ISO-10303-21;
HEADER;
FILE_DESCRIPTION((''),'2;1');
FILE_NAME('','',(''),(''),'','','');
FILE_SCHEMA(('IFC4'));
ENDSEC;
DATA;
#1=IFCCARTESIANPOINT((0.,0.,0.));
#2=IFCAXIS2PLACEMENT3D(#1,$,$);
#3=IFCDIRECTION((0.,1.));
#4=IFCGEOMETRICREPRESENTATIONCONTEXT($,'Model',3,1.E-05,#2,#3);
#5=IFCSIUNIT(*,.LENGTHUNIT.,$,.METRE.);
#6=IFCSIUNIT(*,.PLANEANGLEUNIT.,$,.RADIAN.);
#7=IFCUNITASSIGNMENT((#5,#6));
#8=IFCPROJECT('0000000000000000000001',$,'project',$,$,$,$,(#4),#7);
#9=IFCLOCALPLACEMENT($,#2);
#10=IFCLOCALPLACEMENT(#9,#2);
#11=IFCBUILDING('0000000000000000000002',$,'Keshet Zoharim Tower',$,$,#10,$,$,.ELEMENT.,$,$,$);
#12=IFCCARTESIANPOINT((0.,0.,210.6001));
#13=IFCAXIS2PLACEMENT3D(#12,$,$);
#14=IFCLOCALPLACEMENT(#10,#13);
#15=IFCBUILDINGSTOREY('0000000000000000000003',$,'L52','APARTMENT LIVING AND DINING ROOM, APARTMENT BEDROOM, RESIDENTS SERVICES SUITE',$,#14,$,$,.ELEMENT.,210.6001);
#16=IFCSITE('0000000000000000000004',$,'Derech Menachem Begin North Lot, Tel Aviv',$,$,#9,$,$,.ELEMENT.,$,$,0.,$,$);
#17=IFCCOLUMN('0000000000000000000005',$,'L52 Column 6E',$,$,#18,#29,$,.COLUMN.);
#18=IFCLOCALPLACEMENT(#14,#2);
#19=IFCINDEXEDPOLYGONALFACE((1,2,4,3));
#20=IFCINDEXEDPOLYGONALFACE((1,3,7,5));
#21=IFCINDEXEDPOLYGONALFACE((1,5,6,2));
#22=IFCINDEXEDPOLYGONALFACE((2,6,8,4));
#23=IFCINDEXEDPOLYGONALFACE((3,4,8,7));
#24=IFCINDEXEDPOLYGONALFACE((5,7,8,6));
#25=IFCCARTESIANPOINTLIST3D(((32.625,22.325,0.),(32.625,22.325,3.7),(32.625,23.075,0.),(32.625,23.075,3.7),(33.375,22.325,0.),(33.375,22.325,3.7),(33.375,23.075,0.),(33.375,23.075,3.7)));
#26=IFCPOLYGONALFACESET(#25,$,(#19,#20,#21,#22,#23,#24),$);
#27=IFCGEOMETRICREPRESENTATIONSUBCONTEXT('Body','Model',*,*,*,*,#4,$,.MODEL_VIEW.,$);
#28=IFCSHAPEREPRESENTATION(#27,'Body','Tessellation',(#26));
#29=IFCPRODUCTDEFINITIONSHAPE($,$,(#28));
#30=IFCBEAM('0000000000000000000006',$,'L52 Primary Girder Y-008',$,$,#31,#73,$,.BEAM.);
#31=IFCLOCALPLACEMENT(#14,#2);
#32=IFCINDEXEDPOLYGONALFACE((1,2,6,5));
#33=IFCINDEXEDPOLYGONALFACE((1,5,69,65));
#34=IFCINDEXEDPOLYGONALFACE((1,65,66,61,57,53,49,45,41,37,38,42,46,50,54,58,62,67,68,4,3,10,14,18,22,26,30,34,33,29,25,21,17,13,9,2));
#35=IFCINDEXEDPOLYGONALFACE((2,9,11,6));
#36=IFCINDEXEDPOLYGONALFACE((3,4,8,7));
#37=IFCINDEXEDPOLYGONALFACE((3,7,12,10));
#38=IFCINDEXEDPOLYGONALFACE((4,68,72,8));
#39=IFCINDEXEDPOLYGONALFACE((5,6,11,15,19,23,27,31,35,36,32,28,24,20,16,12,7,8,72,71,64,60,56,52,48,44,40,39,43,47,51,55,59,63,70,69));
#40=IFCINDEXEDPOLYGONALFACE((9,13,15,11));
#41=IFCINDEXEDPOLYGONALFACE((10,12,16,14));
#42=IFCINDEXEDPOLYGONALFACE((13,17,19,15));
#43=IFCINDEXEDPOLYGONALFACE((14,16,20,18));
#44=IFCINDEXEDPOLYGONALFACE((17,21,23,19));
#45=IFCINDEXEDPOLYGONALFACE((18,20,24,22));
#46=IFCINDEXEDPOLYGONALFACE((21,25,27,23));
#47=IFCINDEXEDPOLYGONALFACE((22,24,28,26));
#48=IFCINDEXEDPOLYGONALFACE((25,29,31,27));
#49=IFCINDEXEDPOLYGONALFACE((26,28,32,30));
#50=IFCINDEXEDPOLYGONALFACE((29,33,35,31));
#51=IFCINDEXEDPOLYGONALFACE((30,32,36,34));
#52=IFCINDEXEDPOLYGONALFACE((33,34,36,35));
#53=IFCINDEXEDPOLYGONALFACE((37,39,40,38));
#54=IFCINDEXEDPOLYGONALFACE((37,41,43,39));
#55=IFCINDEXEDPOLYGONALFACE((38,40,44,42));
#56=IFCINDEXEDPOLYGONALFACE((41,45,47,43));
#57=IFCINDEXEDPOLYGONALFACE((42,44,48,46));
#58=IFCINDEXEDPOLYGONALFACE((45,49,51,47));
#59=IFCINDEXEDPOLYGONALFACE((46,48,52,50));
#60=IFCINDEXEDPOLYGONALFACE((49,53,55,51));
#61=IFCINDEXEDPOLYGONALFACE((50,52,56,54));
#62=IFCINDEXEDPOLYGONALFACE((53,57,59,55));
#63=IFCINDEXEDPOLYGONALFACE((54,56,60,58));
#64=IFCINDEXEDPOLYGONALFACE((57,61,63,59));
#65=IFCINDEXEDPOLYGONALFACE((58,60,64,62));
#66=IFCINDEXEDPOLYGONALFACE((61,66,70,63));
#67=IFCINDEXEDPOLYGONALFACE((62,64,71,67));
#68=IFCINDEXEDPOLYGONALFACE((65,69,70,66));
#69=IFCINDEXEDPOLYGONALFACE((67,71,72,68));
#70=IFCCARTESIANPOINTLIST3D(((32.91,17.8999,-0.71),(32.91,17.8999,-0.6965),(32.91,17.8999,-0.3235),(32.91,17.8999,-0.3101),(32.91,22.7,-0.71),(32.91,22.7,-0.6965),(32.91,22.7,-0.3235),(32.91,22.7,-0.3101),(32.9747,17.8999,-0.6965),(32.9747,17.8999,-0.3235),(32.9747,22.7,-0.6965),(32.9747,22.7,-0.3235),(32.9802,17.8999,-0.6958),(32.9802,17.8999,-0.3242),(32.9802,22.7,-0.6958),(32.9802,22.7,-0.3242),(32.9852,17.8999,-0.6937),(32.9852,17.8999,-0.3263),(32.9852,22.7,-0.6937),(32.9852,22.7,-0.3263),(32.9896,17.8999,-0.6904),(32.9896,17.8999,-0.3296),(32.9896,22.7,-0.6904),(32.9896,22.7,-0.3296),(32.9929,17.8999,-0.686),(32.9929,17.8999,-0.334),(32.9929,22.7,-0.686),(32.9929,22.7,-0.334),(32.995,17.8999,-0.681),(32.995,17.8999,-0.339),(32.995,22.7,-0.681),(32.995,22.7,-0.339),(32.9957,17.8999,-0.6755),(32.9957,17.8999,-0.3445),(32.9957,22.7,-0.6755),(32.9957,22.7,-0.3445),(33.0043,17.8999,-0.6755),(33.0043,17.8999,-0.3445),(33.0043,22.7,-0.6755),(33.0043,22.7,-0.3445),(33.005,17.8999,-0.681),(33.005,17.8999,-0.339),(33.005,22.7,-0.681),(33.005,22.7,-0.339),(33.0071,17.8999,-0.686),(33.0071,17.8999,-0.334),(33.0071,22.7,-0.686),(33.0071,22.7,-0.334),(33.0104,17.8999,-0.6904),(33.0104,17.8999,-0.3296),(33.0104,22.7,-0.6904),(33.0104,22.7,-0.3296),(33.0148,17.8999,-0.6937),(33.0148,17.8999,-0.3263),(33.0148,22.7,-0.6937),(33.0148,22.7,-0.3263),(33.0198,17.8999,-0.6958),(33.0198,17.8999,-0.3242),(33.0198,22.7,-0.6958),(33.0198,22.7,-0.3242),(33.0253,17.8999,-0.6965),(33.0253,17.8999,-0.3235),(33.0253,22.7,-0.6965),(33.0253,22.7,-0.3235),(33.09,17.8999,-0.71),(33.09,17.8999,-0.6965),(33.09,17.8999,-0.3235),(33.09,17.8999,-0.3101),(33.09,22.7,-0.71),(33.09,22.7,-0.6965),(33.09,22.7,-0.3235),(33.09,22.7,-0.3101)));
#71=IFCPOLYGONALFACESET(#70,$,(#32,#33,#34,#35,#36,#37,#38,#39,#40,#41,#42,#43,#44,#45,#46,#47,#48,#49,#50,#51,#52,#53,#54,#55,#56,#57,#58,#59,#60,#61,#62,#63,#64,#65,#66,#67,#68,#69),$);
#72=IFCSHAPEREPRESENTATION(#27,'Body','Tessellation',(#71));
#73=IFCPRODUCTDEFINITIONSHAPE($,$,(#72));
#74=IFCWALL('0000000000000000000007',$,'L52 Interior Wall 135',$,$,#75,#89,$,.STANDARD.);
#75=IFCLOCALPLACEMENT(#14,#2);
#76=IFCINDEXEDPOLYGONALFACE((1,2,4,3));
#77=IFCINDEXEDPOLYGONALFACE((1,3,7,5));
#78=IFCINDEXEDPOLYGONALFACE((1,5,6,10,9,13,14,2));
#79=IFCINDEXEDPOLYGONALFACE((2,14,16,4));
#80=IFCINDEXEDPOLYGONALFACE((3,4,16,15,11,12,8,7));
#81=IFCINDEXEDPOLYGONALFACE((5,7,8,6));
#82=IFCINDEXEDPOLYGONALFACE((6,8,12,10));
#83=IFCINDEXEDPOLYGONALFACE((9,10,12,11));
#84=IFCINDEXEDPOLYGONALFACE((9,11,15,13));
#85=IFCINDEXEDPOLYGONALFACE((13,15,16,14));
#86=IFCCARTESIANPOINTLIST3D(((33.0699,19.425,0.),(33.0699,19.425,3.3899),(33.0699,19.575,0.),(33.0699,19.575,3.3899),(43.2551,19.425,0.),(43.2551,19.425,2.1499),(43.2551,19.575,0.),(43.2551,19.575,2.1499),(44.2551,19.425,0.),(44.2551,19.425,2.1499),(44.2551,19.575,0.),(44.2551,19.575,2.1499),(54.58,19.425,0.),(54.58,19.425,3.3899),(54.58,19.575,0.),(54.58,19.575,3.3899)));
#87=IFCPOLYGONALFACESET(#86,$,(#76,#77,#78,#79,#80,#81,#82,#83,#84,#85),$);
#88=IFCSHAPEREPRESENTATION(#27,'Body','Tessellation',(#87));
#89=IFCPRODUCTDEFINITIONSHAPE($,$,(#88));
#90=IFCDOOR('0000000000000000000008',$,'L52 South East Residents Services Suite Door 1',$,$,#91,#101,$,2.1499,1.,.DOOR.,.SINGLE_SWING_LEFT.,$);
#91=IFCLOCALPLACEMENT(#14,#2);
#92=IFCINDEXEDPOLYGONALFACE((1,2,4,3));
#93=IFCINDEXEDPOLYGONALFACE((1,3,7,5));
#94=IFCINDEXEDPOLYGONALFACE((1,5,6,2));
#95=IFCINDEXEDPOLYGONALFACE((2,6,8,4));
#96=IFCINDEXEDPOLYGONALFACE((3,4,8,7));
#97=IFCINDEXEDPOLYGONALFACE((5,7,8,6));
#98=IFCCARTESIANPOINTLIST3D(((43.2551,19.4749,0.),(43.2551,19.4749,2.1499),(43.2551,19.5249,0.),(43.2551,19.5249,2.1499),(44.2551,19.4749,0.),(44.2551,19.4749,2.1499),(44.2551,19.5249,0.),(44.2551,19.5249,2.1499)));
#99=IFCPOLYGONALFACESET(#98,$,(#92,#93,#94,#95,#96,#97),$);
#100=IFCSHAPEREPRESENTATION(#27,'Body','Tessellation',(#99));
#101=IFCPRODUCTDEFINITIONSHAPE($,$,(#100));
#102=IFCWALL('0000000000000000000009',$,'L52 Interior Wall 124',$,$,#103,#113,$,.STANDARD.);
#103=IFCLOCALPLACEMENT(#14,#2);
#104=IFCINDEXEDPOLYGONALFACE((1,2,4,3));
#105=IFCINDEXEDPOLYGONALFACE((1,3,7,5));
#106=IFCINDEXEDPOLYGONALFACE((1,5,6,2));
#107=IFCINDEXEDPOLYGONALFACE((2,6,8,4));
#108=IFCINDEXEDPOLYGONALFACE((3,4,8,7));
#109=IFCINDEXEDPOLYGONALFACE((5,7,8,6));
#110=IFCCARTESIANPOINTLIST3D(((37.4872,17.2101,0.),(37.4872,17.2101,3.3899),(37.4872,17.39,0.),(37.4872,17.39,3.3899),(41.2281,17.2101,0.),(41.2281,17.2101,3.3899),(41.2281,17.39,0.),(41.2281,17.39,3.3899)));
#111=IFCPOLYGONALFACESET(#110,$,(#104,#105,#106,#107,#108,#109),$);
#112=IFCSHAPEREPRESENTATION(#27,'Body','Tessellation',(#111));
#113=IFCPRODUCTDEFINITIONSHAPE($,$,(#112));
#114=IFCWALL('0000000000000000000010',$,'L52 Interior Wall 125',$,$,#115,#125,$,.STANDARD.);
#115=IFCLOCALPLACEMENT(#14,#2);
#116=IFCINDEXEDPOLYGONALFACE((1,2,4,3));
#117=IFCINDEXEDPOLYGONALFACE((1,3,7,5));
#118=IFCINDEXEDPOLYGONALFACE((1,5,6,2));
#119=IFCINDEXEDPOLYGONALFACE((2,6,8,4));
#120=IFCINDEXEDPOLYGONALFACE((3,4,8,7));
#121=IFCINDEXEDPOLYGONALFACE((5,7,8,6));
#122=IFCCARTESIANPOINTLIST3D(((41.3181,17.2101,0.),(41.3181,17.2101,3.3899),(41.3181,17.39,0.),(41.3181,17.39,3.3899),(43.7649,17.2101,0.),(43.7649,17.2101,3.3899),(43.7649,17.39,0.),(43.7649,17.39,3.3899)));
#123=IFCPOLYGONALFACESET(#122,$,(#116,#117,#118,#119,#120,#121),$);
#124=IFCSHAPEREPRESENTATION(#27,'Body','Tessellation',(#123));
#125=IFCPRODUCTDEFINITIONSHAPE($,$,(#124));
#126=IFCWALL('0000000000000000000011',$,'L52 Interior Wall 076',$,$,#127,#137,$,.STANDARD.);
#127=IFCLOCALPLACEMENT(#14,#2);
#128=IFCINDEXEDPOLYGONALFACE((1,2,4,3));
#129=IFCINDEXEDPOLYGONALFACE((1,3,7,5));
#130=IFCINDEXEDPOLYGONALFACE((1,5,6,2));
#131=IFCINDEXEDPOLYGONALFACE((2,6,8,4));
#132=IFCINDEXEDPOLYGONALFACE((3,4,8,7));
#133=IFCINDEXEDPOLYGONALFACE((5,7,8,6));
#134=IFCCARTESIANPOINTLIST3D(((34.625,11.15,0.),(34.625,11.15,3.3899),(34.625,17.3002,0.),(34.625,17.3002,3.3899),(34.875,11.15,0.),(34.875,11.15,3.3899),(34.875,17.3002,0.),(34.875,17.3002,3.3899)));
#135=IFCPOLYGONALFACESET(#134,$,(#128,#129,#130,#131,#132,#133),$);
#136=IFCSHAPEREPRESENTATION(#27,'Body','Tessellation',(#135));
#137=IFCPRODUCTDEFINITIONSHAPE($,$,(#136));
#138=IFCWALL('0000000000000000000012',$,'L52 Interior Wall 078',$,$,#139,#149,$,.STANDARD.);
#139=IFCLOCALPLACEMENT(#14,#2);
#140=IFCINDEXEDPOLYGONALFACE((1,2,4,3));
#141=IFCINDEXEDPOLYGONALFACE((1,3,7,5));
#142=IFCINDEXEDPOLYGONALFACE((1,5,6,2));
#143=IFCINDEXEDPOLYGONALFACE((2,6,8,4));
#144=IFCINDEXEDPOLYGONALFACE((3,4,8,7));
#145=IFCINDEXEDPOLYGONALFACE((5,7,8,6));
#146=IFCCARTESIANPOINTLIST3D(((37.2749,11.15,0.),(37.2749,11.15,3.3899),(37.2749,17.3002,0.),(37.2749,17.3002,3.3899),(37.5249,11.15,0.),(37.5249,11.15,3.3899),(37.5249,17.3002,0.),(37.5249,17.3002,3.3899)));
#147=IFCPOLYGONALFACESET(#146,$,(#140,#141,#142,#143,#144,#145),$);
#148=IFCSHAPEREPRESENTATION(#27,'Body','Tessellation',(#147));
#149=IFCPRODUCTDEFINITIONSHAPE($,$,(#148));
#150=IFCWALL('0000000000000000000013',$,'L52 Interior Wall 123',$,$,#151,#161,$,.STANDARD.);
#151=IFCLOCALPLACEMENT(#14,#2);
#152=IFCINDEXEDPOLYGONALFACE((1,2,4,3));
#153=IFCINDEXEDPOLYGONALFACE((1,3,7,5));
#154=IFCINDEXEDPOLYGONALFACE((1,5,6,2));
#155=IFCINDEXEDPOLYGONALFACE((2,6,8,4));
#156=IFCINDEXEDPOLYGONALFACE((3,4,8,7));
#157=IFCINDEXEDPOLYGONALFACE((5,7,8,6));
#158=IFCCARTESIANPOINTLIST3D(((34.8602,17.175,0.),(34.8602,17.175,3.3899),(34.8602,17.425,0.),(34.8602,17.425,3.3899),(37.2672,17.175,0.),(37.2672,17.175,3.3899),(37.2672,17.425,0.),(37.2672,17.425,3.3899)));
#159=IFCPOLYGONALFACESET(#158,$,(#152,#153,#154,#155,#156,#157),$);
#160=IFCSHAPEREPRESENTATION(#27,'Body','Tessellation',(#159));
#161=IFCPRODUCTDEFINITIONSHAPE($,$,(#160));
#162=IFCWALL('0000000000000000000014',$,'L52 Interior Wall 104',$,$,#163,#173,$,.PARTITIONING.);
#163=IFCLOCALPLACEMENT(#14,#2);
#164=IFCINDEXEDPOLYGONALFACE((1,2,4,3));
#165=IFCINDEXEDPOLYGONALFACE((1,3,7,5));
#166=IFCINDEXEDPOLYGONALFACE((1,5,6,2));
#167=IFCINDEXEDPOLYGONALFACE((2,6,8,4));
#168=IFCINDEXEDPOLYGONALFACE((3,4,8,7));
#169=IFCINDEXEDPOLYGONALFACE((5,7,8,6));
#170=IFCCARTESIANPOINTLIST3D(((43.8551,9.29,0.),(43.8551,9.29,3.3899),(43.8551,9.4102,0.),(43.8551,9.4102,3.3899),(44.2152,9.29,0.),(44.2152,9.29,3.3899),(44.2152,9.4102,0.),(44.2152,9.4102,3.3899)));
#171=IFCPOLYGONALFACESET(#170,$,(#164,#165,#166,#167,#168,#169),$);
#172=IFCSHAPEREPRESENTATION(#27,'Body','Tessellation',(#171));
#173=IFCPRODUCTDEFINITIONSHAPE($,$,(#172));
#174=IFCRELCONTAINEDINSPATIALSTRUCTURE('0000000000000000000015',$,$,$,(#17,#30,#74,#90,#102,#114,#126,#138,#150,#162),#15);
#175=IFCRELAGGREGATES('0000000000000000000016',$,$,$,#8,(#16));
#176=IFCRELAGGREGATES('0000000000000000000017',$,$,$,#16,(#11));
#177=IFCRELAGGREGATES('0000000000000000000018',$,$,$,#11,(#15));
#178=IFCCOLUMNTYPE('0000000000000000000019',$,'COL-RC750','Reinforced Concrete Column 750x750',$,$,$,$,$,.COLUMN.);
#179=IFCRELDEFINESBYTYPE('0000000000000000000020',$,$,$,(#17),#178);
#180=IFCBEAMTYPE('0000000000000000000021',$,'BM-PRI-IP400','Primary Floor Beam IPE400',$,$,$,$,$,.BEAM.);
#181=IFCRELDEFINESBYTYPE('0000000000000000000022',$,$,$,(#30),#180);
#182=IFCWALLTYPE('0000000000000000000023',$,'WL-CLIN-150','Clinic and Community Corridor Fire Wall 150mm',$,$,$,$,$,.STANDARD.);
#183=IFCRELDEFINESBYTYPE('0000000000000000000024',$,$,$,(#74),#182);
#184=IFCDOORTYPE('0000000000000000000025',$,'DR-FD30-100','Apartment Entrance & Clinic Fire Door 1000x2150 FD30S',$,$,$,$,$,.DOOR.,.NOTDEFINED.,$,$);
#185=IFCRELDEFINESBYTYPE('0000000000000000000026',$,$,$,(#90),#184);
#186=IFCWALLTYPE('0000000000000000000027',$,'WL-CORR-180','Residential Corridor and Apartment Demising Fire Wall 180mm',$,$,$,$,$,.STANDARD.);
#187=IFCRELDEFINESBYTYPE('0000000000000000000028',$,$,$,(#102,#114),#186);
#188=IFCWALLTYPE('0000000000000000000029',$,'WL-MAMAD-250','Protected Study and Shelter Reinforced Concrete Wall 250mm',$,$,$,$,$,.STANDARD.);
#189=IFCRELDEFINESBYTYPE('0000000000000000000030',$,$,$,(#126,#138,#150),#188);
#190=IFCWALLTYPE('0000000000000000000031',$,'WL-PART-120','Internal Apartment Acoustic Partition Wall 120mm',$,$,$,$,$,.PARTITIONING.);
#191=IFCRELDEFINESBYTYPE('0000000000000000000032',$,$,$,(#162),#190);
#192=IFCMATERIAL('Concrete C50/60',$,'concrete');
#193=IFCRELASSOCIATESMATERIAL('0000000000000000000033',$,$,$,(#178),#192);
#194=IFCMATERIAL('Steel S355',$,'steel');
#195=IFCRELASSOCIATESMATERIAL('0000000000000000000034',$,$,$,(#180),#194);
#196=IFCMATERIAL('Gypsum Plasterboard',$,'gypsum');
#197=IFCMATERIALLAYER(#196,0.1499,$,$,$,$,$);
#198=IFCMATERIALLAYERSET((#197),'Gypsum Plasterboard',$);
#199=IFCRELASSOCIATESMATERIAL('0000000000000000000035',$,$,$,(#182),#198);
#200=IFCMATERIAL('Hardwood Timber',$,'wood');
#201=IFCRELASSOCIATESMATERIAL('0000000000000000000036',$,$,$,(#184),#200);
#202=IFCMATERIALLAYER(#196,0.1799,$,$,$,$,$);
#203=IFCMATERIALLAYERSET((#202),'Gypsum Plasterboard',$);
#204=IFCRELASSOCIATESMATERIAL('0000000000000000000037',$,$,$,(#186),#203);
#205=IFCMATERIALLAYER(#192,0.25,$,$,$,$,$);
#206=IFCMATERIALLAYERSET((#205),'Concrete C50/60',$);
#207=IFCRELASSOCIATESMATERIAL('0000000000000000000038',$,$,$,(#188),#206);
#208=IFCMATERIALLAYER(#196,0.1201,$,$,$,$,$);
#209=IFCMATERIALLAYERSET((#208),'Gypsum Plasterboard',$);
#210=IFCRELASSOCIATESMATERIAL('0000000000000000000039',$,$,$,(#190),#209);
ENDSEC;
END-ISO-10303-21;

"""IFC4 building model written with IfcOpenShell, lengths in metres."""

from ifc_helpers import new_model, si_unit, direction, frame, frame_2d, origin, origin_2d, place, context, subcontext, project, spatial, rectangle, i_section, extrude, material, layer, layer_set, material_profile, profile_set, type_object, element, fill, save


model = new_model("IFC4")

# Units and contexts
model_context = context("Model", 3, precision=1e-05, world=origin(), true_north=direction((0.0, 1.0)))
body_context = subcontext(model_context, "Body", "Model", "MODEL_VIEW")
ifc_project = project(units=[si_unit("LENGTHUNIT", "METRE"), si_unit("PLANEANGLEUNIT", "RADIAN")], contexts=[model_context])

# Site, building, storey
site_placement = place(None, origin())
site = spatial("IfcSite", under=ifc_project, at=site_placement, Name="Derech Menachem Begin North Lot, Tel Aviv", CompositionType="ELEMENT", RefElevation=0.0)
building_placement = place(site_placement, origin())
building = spatial("IfcBuilding", under=site, at=building_placement, Name="Keshet Zoharim Tower", CompositionType="ELEMENT")
storey_placement = place(building_placement, frame((0.0, 0.0, 210.6001)))
storey = spatial("IfcBuildingStorey", under=building, at=storey_placement, Name="L52", Description="APARTMENT LIVING AND DINING ROOM, APARTMENT BEDROOM, RESIDENTS SERVICES SUITE", CompositionType="ELEMENT", Elevation=210.6001)

# Column
ifc_material_1 = material(Name="Concrete C50/60", Category="concrete")
ifc_material_profile_1 = material_profile(ifc_material_1, rectangle(XDim=0.75, YDim=0.75, at=origin_2d()), Name="RC750x750")
ifc_profile_set_1 = profile_set([ifc_material_profile_1], Name="Concrete C50/60")
column_type = type_object("IfcColumnType", Name="COL-RC750", Description="Reinforced Concrete Column 750x750", PredefinedType="COLUMN", material=ifc_profile_set_1)
column_placement = place(storey_placement, frame((33.0, 22.7, 0.0), z_axis=(0.0, 0.0, 1.0), x_axis=(1.0, 0.0, 0.0)))
element("IfcColumn", 1, at=column_placement, inside=storey, type_object=column_type, Name="L52 Column 6E", PredefinedType="COLUMN", context=body_context, shape_type="SweptSolid", body=[
    extrude(rectangle(XDim=0.75, YDim=0.75, at=origin_2d()), origin(), (0.0, 0.0, 1.0), 3.7),
])

# Beam
ifc_material_2 = material(Name="Steel S355", Category="steel")
ifc_material_profile_2 = material_profile(ifc_material_2, i_section(OverallWidth=0.1799, OverallDepth=0.3999, WebThickness=0.0085, FlangeThickness=0.0134, FilletRadius=0.021, at=origin_2d()), Name="IPE400")
ifc_profile_set_2 = profile_set([ifc_material_profile_2], Name="Steel S355")
beam_type = type_object("IfcBeamType", Name="BM-PRI-IP400", Description="Primary Floor Beam IPE400", PredefinedType="BEAM", material=ifc_profile_set_2)
beam_placement = place(storey_placement, frame((33.0, 17.8999, -0.51), z_axis=(0.0, 1.0, 0.0), x_axis=(-1.0, 0.0, 0.0)))
element("IfcBeam", 2, at=beam_placement, inside=storey, type_object=beam_type, Name="L52 Primary Girder Y-008", PredefinedType="BEAM", context=body_context, shape_type="SweptSolid", body=[
    extrude(i_section(OverallWidth=0.1799, OverallDepth=0.3999, WebThickness=0.0085, FlangeThickness=0.0134, FilletRadius=0.021, at=origin_2d()), origin(), (0.0, 0.0, 1.0), 4.8),
])

# Wall, opening, door
ifc_material_3 = material(Name="Gypsum Plasterboard", Category="gypsum")
ifc_layer_1 = layer(ifc_material_3, 0.1499)
ifc_layer_set_1 = layer_set([ifc_layer_1], Name="Gypsum Plasterboard")
wall_type_1 = type_object("IfcWallType", Name="WL-CLIN-150", Description="Clinic and Community Corridor Fire Wall 150mm", PredefinedType="STANDARD", material=ifc_layer_set_1)
ifc_material_4 = material(Name="Hardwood Timber", Category="wood")
door_type_1 = type_object("IfcDoorType", Name="DR-FD30-100", Description="Apartment Entrance & Clinic Fire Door 1000x2150 FD30S", OperationType="NOTDEFINED", PredefinedType="DOOR", material=ifc_material_4)
wall_1_placement = place(storey_placement, frame((33.0701, 19.5, 0.0), z_axis=(0.0, 0.0, 1.0), x_axis=(1.0, 0.0, 0.0)))
wall_1 = element("IfcWall", 3, at=wall_1_placement, inside=storey, type_object=wall_type_1, Name="L52 Interior Wall 135", PredefinedType="STANDARD", context=body_context, shape_type="SweptSolid", body=[
    extrude(rectangle(XDim=21.51, YDim=0.1499, at=frame_2d((10.7549, 0.0))), origin(), (0.0, 0.0, 1.0), 3.3899),
])
opening_1_placement = place(wall_1_placement, frame((10.1851, 0.0, 0.0)))
opening_1 = element("IfcOpeningElement", 4, at=opening_1_placement, cuts=wall_1, PredefinedType="OPENING", context=body_context, shape_type="SweptSolid", body=[
    extrude(rectangle(XDim=1.0, YDim=2.1499, at=frame_2d((0.5, 1.075))), frame((0.0, 0.085, 0.0), z_axis=(0.0, -1.0, 0.0), x_axis=(1.0, 0.0, 0.0)), (0.0, 0.0, 1.0), 0.1699),
])
door_1_placement = place(opening_1_placement, origin())
door_1 = element("IfcDoor", 5, at=door_1_placement, inside=storey, type_object=door_type_1, Name="L52 South East Residents Services Suite Door 1", OperationType="SINGLE_SWING_LEFT", OverallHeight=2.1499, OverallWidth=1.0, PredefinedType="DOOR", context=body_context, shape_type="SweptSolid", body=[
    extrude(rectangle(XDim=1.0, YDim=2.1499, at=frame_2d((0.5, 1.075))), frame((0.0, 0.0249, 0.0), z_axis=(0.0, -1.0, 0.0), x_axis=(1.0, 0.0, 0.0)), (0.0, 0.0, 1.0), 0.05),
])
fill(opening_1, door_1)

# Walls
ifc_layer_2 = layer(ifc_material_3, 0.1799)
ifc_layer_set_2 = layer_set([ifc_layer_2], Name="Gypsum Plasterboard")
wall_type_2 = type_object("IfcWallType", Name="WL-CORR-180", Description="Residential Corridor and Apartment Demising Fire Wall 180mm", PredefinedType="STANDARD", material=ifc_layer_set_2)
wall_2_placement = place(storey_placement, frame((37.4871, 17.3, 0.0), z_axis=(0.0, 0.0, 1.0), x_axis=(1.0, 0.0, 0.0)))
element("IfcWall", 6, at=wall_2_placement, inside=storey, type_object=wall_type_2, Name="L52 Interior Wall 124", PredefinedType="STANDARD", context=body_context, shape_type="SweptSolid", body=[
    extrude(rectangle(XDim=3.741, YDim=0.1799, at=frame_2d((1.8706, 0.0))), origin(), (0.0, 0.0, 1.0), 3.3899),
])
wall_3_placement = place(storey_placement, frame((41.3181, 17.3, 0.0), z_axis=(0.0, 0.0, 1.0), x_axis=(1.0, 0.0, 0.0)))
element("IfcWall", 7, at=wall_3_placement, inside=storey, type_object=wall_type_2, Name="L52 Interior Wall 125", PredefinedType="STANDARD", context=body_context, shape_type="SweptSolid", body=[
    extrude(rectangle(XDim=2.4468, YDim=0.1799, at=frame_2d((1.2234, 0.0))), origin(), (0.0, 0.0, 1.0), 3.3899),
])
ifc_layer_3 = layer(ifc_material_1, 0.25)
ifc_layer_set_3 = layer_set([ifc_layer_3], Name="Concrete C50/60")
wall_type_3 = type_object("IfcWallType", Name="WL-MAMAD-250", Description="Protected Study and Shelter Reinforced Concrete Wall 250mm", PredefinedType="STANDARD", material=ifc_layer_set_3)
for number, where, z_axis, x_axis, name in (
    (8, (34.75, 11.1499, 0.0), (0.0, 0.0, 1.0), (0.0, 1.0, 0.0), "L52 Interior Wall 076"),
    (9, (37.3999, 11.1499, 0.0), (0.0, 0.0, 1.0), (0.0, 1.0, 0.0), "L52 Interior Wall 078"),
):
    element("IfcWall", number, at=place(storey_placement, frame(where, z_axis=z_axis, x_axis=x_axis)), inside=storey, type_object=wall_type_3, Name=name, PredefinedType="STANDARD", context=body_context, shape_type="SweptSolid", body=[
        extrude(rectangle(XDim=6.1501, YDim=0.25, at=frame_2d((3.0752, 0.0))), origin(), (0.0, 0.0, 1.0), 3.3899),
    ])

# Walls
wall_4_placement = place(storey_placement, frame((34.8601, 17.3, 0.0), z_axis=(0.0, 0.0, 1.0), x_axis=(1.0, 0.0, 0.0)))
element("IfcWall", 10, at=wall_4_placement, inside=storey, type_object=wall_type_3, Name="L52 Interior Wall 123", PredefinedType="STANDARD", context=body_context, shape_type="SweptSolid", body=[
    extrude(rectangle(XDim=2.407, YDim=0.25, at=frame_2d((1.2036, 0.0))), origin(), (0.0, 0.0, 1.0), 3.3899),
])
ifc_layer_4 = layer(ifc_material_3, 0.1201)
ifc_layer_set_4 = layer_set([ifc_layer_4], Name="Gypsum Plasterboard")
wall_type_4 = type_object("IfcWallType", Name="WL-PART-120", Description="Internal Apartment Acoustic Partition Wall 120mm", PredefinedType="PARTITIONING", material=ifc_layer_set_4)
wall_5_placement = place(storey_placement, frame((43.855, 9.3501, 0.0), z_axis=(0.0, 0.0, 1.0), x_axis=(1.0, 0.0, 0.0)))
element("IfcWall", 11, at=wall_5_placement, inside=storey, type_object=wall_type_4, Name="L52 Interior Wall 104", PredefinedType="PARTITIONING", context=body_context, shape_type="SweptSolid", body=[
    extrude(rectangle(XDim=0.3601, YDim=0.1201, at=frame_2d((0.1802, 0.0))), origin(), (0.0, 0.0, 1.0), 3.3899),
])

save(model, "model.ifc")
